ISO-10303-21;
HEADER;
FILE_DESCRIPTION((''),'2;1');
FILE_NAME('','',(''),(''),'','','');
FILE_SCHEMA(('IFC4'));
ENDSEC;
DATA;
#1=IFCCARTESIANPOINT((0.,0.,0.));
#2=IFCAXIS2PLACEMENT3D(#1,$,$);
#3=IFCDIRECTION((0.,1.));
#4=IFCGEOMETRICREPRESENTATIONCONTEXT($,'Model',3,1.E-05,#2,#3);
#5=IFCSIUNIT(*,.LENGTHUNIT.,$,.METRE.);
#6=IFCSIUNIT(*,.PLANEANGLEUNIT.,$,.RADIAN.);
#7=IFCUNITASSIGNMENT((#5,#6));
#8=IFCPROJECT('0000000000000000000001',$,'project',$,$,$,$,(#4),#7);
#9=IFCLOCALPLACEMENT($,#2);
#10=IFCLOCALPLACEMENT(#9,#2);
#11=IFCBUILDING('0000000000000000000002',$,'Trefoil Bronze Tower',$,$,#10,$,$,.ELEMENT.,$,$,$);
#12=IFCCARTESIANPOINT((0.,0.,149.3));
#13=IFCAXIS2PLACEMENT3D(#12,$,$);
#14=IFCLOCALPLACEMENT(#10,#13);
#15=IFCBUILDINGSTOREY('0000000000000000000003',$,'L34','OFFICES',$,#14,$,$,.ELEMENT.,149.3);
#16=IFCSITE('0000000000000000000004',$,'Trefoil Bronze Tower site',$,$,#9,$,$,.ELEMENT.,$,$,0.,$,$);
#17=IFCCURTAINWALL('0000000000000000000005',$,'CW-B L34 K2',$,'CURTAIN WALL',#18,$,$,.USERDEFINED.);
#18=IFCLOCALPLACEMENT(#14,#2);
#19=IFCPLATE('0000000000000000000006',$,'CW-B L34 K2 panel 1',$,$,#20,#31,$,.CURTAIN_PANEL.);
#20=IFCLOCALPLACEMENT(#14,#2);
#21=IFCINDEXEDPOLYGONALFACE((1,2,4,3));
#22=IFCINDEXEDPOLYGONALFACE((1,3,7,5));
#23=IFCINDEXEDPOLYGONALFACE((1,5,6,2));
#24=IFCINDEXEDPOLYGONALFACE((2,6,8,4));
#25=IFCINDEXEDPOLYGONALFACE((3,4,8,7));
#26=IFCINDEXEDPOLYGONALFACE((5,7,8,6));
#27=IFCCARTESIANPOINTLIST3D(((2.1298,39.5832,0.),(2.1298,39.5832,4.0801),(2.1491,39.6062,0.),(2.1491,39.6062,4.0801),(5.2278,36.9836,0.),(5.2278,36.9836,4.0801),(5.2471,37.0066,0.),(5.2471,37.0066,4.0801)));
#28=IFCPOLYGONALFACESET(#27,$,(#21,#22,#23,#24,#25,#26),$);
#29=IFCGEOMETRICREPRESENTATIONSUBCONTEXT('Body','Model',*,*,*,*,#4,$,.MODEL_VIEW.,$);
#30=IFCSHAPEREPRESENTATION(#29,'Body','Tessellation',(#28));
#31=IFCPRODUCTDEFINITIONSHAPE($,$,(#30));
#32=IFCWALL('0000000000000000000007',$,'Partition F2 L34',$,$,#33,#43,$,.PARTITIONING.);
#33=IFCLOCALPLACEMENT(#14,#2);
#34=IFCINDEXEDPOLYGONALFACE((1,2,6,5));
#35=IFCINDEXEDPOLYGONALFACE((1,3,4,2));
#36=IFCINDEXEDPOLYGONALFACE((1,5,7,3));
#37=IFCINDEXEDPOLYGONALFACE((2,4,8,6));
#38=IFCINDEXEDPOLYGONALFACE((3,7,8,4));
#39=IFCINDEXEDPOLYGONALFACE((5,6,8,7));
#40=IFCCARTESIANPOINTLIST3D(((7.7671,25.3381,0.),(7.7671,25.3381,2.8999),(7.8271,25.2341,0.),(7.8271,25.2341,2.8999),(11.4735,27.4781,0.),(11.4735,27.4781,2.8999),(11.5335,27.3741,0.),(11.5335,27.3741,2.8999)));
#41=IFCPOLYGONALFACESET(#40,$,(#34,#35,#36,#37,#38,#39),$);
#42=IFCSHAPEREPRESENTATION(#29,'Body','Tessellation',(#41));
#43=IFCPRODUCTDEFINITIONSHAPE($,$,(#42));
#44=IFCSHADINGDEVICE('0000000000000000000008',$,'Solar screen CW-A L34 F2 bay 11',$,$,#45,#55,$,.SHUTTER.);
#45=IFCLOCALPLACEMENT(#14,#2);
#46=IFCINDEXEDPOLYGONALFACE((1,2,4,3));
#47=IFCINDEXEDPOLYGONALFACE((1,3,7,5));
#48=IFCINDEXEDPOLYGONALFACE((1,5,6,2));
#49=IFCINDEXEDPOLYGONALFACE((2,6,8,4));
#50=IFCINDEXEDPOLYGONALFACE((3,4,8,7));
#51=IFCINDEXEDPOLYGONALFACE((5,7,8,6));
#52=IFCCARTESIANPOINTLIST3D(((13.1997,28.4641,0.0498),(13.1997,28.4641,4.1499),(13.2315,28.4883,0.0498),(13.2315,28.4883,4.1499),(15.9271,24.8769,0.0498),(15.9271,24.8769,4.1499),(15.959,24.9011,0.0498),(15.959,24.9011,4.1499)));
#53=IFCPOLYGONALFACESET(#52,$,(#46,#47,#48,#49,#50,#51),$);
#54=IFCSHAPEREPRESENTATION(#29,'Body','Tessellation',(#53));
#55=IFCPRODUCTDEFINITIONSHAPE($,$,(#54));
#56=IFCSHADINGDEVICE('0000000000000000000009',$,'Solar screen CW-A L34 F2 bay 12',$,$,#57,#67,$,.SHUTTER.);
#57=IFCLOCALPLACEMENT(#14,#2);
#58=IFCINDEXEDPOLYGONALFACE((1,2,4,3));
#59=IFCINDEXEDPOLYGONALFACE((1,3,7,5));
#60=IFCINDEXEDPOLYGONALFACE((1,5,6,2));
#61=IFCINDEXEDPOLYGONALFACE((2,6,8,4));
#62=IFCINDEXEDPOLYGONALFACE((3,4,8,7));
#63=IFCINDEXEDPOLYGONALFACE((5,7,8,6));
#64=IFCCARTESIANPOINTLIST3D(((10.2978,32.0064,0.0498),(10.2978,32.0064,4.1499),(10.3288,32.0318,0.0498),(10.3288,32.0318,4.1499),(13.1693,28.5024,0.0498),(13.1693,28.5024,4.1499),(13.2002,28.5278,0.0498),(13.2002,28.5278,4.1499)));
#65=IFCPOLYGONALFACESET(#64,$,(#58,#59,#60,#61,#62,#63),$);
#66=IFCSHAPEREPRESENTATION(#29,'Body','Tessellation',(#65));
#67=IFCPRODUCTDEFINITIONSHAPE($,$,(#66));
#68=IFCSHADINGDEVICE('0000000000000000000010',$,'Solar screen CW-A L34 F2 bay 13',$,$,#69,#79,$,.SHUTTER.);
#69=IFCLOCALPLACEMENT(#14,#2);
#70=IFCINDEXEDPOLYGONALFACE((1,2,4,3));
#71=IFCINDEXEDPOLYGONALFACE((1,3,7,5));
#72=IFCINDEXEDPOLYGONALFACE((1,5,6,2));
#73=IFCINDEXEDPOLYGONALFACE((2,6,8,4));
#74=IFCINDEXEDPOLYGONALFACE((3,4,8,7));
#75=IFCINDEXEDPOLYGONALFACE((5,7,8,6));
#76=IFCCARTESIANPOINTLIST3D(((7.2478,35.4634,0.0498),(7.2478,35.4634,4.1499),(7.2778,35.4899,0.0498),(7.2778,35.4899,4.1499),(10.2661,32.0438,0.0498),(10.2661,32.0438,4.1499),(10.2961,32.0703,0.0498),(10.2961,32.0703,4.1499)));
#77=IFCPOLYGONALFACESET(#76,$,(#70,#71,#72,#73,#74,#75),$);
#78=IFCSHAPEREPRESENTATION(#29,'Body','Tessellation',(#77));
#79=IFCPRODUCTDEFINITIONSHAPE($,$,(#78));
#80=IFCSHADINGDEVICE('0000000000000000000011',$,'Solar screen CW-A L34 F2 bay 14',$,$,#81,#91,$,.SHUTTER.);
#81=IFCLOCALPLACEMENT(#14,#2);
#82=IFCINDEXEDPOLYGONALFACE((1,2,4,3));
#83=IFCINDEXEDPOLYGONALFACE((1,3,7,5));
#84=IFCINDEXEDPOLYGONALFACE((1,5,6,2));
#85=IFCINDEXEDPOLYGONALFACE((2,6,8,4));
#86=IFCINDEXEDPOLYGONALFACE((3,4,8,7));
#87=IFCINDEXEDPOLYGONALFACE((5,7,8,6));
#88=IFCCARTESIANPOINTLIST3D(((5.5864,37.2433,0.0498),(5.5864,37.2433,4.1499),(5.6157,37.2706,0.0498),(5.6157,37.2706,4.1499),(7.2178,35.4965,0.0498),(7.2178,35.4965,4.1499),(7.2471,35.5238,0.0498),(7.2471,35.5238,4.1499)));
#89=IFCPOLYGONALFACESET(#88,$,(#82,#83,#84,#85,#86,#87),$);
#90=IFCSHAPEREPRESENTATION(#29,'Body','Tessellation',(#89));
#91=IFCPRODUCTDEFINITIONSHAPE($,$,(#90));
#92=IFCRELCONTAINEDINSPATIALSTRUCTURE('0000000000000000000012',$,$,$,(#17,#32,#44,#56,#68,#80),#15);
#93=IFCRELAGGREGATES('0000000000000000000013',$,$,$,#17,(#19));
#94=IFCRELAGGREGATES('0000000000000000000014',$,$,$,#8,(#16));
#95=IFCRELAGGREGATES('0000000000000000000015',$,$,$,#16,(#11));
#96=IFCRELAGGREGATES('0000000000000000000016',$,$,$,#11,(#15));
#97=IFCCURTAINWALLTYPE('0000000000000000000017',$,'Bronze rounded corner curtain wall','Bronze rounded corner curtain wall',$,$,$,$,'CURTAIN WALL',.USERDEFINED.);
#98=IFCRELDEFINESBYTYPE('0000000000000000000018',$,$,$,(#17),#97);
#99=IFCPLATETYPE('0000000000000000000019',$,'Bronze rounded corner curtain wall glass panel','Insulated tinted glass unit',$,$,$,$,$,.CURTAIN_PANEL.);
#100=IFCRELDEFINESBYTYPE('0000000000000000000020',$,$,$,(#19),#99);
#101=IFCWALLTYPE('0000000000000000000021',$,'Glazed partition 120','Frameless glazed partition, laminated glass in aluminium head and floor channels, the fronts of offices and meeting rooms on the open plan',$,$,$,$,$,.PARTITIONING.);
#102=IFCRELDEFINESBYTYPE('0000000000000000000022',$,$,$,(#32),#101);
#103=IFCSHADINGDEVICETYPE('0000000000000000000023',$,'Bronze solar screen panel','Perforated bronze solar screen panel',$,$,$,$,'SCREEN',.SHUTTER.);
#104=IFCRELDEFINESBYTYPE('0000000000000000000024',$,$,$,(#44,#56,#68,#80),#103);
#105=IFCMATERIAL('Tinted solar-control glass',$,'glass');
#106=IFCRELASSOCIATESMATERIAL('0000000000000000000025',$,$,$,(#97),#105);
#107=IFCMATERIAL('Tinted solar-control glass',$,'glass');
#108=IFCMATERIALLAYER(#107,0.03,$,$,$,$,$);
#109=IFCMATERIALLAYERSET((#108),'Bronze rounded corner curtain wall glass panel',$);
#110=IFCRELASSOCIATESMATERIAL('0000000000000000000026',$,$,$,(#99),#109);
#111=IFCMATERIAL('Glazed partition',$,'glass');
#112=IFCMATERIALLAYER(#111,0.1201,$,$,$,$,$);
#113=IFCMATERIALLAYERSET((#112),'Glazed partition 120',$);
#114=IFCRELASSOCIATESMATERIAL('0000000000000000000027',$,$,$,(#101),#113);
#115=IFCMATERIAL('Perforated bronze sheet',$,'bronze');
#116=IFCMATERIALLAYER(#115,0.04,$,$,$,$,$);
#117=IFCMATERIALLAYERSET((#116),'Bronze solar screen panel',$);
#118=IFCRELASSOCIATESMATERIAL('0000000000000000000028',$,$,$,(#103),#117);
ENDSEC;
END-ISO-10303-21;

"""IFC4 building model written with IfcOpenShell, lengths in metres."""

from ifc_helpers import new_model, si_unit, direction, frame, frame_2d, origin, origin_2d, place, context, subcontext, project, spatial, rectangle, extrude, material, layer, layer_set, type_object, element, aggregate, save


model = new_model("IFC4")

# Units and contexts
model_context = context("Model", 3, precision=1e-05, world=origin(), true_north=direction((0.0, 1.0)))
body_context = subcontext(model_context, "Body", "Model", "MODEL_VIEW")
ifc_project = project(units=[si_unit("LENGTHUNIT", "METRE"), si_unit("PLANEANGLEUNIT", "RADIAN")], contexts=[model_context])

# Site, building, storey
site_placement = place(None, origin())
site = spatial("IfcSite", under=ifc_project, at=site_placement, Name="Trefoil Bronze Tower site", CompositionType="ELEMENT", RefElevation=0.0)
building_placement = place(site_placement, origin())
building = spatial("IfcBuilding", under=site, at=building_placement, Name="Trefoil Bronze Tower", CompositionType="ELEMENT")
storey_placement = place(building_placement, frame((0.0, 0.0, 149.3)))
storey = spatial("IfcBuildingStorey", under=building, at=storey_placement, Name="L34", Description="OFFICES", CompositionType="ELEMENT", Elevation=149.3)

# Curtain wall
ifc_material_1 = material(Name="Tinted solar-control glass", Category="glass")
curtain_wall_type_1 = type_object("IfcCurtainWallType", Name="Bronze rounded corner curtain wall", Description="Bronze rounded corner curtain wall", ElementType="CURTAIN WALL", PredefinedType="USERDEFINED", material=ifc_material_1)
curtain_wall_1_placement = place(storey_placement, origin())
curtain_wall_1 = element("IfcCurtainWall", 1, at=curtain_wall_1_placement, inside=storey, type_object=curtain_wall_type_1, Name="CW-B L34 K2", ObjectType="CURTAIN WALL", PredefinedType="USERDEFINED")

# Plate
ifc_material_2 = material(Name="Tinted solar-control glass", Category="glass")
ifc_layer_1 = layer(ifc_material_2, 0.03)
ifc_layer_set_1 = layer_set([ifc_layer_1], Name="Bronze rounded corner curtain wall glass panel")
plate_type_1 = type_object("IfcPlateType", Name="Bronze rounded corner curtain wall glass panel", Description="Insulated tinted glass unit", PredefinedType="CURTAIN_PANEL", material=ifc_layer_set_1)
plate_1_placement = place(storey_placement, frame((3.6885, 38.2949, 0.0), z_axis=(0.0, 0.0, 1.0), x_axis=(-0.766044, 0.642788, 0.0)))
plate_1 = element("IfcPlate", 2, at=plate_1_placement, type_object=plate_type_1, Name="CW-B L34 K2 panel 1", PredefinedType="CURTAIN_PANEL", context=body_context, shape_type="SweptSolid", body=[
    extrude(rectangle(XDim=4.0442, YDim=0.03, at=origin_2d()), origin(), (0.0, 0.0, 1.0), 4.0801),
])
aggregate(curtain_wall_1, [plate_1])

# Wall
ifc_material_3 = material(Name="Glazed partition", Category="glass")
ifc_layer_2 = layer(ifc_material_3, 0.1201)
ifc_layer_set_2 = layer_set([ifc_layer_2], Name="Glazed partition 120")
wall_type = type_object("IfcWallType", Name="Glazed partition 120", Description="Frameless glazed partition, laminated glass in aluminium head and floor channels, the fronts of offices and meeting rooms on the open plan", PredefinedType="PARTITIONING", material=ifc_layer_set_2)
wall_placement = place(storey_placement, frame((7.7971, 25.2861, 0.0), z_axis=(0.0, 0.0, 1.0), x_axis=(0.866019, 0.500011, 0.0)))
element("IfcWall", 3, at=wall_placement, inside=storey, type_object=wall_type, Name="Partition F2 L34", PredefinedType="PARTITIONING", context=body_context, shape_type="SweptSolid", body=[
    extrude(rectangle(XDim=4.2798, YDim=0.1201, at=frame_2d((2.1399, 0.0))), origin(), (0.0, 0.0, 1.0), 2.8999),
])

# Shading devices
ifc_material_4 = material(Name="Perforated bronze sheet", Category="bronze")
ifc_layer_3 = layer(ifc_material_4, 0.04)
ifc_layer_set_3 = layer_set([ifc_layer_3], Name="Bronze solar screen panel")
shading_device_type = type_object("IfcShadingDeviceType", Name="Bronze solar screen panel", Description="Perforated bronze solar screen panel", ElementType="SCREEN", PredefinedType="SHUTTER", material=ifc_layer_set_3)
shading_device_1_placement = place(storey_placement, frame((14.5793, 26.6826, 0.0498), z_axis=(0.0, 0.0, 1.0), x_axis=(-0.605252, 0.796034, 0.0)))
element("IfcShadingDevice", 4, at=shading_device_1_placement, inside=storey, type_object=shading_device_type, Name="Solar screen CW-A L34 F2 bay 11", PredefinedType="SHUTTER", context=body_context, shape_type="SweptSolid", body=[
    extrude(rectangle(XDim=4.5063, YDim=0.04, at=origin_2d()), origin(), (0.0, 0.0, 1.0), 4.1001),
])
shading_device_2_placement = place(storey_placement, frame((11.749, 30.2671, 0.0498), z_axis=(0.0, 0.0, 1.0), x_axis=(-0.63384, 0.773464, 0.0)))
element("IfcShadingDevice", 5, at=shading_device_2_placement, inside=storey, type_object=shading_device_type, Name="Solar screen CW-A L34 F2 bay 12", PredefinedType="SHUTTER", context=body_context, shape_type="SweptSolid", body=[
    extrude(rectangle(XDim=4.5303, YDim=0.04, at=origin_2d()), origin(), (0.0, 0.0, 1.0), 4.1001),
])
shading_device_3_placement = place(storey_placement, frame((8.772, 33.7668, 0.0498), z_axis=(0.0, 0.0, 1.0), x_axis=(-0.661751, 0.749723, 0.0)))
element("IfcShadingDevice", 6, at=shading_device_3_placement, inside=storey, type_object=shading_device_type, Name="Solar screen CW-A L34 F2 bay 13", PredefinedType="SHUTTER", context=body_context, shape_type="SweptSolid", body=[
    extrude(rectangle(XDim=4.561, YDim=0.04, at=origin_2d()), origin(), (0.0, 0.0, 1.0), 4.1001),
])
shading_device_4_placement = place(storey_placement, frame((6.4167, 36.3835, 0.0498), z_axis=(0.0, 0.0, 1.0), x_axis=(-0.682536, 0.730852, 0.0)))
element("IfcShadingDevice", 7, at=shading_device_4_placement, inside=storey, type_object=shading_device_type, Name="Solar screen CW-A L34 F2 bay 14", PredefinedType="SHUTTER", context=body_context, shape_type="SweptSolid", body=[
    extrude(rectangle(XDim=2.3901, YDim=0.04, at=origin_2d()), origin(), (0.0, 0.0, 1.0), 4.1001),
])

save(model, "model.ifc")
